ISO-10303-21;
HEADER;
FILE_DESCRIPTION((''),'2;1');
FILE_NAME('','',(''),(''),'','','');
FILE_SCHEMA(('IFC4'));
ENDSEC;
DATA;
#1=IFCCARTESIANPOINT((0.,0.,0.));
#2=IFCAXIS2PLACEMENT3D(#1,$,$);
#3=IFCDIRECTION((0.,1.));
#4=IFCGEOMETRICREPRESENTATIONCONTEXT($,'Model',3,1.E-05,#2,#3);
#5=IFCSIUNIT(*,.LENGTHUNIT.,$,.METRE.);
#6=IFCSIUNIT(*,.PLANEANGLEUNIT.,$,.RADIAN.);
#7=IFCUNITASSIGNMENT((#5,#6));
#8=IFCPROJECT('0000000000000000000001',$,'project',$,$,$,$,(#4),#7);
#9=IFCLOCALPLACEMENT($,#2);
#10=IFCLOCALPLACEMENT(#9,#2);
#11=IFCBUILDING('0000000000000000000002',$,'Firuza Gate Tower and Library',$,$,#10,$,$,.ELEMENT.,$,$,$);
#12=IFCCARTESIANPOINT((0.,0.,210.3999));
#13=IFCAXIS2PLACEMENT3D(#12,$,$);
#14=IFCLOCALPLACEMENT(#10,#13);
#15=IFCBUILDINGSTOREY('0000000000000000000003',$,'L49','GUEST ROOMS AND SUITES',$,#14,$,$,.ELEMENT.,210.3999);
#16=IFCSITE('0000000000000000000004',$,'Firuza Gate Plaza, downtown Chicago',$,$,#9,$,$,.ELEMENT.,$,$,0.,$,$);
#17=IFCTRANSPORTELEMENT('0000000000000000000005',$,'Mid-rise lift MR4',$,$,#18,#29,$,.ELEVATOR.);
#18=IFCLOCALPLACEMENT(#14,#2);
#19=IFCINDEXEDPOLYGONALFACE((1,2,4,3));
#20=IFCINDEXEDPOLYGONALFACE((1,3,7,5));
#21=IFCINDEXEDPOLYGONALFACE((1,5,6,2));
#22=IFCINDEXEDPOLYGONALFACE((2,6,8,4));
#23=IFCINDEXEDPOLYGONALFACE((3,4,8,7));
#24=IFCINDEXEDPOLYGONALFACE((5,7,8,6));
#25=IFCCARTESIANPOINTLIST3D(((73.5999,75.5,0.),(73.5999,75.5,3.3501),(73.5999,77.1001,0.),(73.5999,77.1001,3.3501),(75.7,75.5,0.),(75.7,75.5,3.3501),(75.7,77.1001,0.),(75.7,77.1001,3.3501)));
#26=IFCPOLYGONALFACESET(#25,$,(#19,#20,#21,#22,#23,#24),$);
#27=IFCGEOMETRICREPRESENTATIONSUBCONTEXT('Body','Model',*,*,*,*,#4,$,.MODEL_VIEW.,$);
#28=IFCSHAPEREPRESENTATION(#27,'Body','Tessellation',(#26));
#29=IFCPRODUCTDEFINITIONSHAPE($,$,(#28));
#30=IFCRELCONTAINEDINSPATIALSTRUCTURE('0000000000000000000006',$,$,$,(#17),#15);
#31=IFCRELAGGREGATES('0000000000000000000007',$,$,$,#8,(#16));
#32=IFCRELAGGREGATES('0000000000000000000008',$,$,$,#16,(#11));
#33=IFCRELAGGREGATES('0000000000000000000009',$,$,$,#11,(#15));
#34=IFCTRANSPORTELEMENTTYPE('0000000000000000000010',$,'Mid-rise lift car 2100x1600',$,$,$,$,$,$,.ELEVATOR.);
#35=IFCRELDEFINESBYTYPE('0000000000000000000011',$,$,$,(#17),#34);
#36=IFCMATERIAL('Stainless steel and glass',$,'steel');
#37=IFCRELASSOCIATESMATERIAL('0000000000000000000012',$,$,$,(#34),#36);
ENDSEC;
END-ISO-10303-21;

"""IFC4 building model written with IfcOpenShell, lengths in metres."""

from ifc_helpers import new_model, si_unit, direction, frame, origin, origin_2d, place, context, subcontext, project, spatial, rectangle, extrude, material, type_object, element, save


model = new_model("IFC4")

# Units and contexts
model_context = context("Model", 3, precision=1e-05, world=origin(), true_north=direction((0.0, 1.0)))
body_context = subcontext(model_context, "Body", "Model", "MODEL_VIEW")
ifc_project = project(units=[si_unit("LENGTHUNIT", "METRE"), si_unit("PLANEANGLEUNIT", "RADIAN")], contexts=[model_context])

# Site, building, storey
site_placement = place(None, origin())
site = spatial("IfcSite", under=ifc_project, at=site_placement, Name="Firuza Gate Plaza, downtown Chicago", CompositionType="ELEMENT", RefElevation=0.0)
building_placement = place(site_placement, origin())
building = spatial("IfcBuilding", under=site, at=building_placement, Name="Firuza Gate Tower and Library", CompositionType="ELEMENT")
storey_placement = place(building_placement, frame((0.0, 0.0, 210.3999)))
storey = spatial("IfcBuildingStorey", under=building, at=storey_placement, Name="L49", Description="GUEST ROOMS AND SUITES", CompositionType="ELEMENT", Elevation=210.3999)

# Transport element
ifc_material_1 = material(Name="Stainless steel and glass", Category="steel")
transport_element_type = type_object("IfcTransportElementType", Name="Mid-rise lift car 2100x1600", PredefinedType="ELEVATOR", material=ifc_material_1)
transport_element_placement = place(storey_placement, frame((74.6499, 76.3, 0.0), z_axis=(0.0, 0.0, 1.0), x_axis=(1.0, 0.0, 0.0)))
element("IfcTransportElement", 1, at=transport_element_placement, inside=storey, type_object=transport_element_type, Name="Mid-rise lift MR4", PredefinedType="ELEVATOR", context=body_context, shape_type="SweptSolid", body=[
    extrude(rectangle(XDim=2.1001, YDim=1.6001, at=origin_2d()), origin(), (0.0, 0.0, 1.0), 3.3501),
])

save(model, "model.ifc")
